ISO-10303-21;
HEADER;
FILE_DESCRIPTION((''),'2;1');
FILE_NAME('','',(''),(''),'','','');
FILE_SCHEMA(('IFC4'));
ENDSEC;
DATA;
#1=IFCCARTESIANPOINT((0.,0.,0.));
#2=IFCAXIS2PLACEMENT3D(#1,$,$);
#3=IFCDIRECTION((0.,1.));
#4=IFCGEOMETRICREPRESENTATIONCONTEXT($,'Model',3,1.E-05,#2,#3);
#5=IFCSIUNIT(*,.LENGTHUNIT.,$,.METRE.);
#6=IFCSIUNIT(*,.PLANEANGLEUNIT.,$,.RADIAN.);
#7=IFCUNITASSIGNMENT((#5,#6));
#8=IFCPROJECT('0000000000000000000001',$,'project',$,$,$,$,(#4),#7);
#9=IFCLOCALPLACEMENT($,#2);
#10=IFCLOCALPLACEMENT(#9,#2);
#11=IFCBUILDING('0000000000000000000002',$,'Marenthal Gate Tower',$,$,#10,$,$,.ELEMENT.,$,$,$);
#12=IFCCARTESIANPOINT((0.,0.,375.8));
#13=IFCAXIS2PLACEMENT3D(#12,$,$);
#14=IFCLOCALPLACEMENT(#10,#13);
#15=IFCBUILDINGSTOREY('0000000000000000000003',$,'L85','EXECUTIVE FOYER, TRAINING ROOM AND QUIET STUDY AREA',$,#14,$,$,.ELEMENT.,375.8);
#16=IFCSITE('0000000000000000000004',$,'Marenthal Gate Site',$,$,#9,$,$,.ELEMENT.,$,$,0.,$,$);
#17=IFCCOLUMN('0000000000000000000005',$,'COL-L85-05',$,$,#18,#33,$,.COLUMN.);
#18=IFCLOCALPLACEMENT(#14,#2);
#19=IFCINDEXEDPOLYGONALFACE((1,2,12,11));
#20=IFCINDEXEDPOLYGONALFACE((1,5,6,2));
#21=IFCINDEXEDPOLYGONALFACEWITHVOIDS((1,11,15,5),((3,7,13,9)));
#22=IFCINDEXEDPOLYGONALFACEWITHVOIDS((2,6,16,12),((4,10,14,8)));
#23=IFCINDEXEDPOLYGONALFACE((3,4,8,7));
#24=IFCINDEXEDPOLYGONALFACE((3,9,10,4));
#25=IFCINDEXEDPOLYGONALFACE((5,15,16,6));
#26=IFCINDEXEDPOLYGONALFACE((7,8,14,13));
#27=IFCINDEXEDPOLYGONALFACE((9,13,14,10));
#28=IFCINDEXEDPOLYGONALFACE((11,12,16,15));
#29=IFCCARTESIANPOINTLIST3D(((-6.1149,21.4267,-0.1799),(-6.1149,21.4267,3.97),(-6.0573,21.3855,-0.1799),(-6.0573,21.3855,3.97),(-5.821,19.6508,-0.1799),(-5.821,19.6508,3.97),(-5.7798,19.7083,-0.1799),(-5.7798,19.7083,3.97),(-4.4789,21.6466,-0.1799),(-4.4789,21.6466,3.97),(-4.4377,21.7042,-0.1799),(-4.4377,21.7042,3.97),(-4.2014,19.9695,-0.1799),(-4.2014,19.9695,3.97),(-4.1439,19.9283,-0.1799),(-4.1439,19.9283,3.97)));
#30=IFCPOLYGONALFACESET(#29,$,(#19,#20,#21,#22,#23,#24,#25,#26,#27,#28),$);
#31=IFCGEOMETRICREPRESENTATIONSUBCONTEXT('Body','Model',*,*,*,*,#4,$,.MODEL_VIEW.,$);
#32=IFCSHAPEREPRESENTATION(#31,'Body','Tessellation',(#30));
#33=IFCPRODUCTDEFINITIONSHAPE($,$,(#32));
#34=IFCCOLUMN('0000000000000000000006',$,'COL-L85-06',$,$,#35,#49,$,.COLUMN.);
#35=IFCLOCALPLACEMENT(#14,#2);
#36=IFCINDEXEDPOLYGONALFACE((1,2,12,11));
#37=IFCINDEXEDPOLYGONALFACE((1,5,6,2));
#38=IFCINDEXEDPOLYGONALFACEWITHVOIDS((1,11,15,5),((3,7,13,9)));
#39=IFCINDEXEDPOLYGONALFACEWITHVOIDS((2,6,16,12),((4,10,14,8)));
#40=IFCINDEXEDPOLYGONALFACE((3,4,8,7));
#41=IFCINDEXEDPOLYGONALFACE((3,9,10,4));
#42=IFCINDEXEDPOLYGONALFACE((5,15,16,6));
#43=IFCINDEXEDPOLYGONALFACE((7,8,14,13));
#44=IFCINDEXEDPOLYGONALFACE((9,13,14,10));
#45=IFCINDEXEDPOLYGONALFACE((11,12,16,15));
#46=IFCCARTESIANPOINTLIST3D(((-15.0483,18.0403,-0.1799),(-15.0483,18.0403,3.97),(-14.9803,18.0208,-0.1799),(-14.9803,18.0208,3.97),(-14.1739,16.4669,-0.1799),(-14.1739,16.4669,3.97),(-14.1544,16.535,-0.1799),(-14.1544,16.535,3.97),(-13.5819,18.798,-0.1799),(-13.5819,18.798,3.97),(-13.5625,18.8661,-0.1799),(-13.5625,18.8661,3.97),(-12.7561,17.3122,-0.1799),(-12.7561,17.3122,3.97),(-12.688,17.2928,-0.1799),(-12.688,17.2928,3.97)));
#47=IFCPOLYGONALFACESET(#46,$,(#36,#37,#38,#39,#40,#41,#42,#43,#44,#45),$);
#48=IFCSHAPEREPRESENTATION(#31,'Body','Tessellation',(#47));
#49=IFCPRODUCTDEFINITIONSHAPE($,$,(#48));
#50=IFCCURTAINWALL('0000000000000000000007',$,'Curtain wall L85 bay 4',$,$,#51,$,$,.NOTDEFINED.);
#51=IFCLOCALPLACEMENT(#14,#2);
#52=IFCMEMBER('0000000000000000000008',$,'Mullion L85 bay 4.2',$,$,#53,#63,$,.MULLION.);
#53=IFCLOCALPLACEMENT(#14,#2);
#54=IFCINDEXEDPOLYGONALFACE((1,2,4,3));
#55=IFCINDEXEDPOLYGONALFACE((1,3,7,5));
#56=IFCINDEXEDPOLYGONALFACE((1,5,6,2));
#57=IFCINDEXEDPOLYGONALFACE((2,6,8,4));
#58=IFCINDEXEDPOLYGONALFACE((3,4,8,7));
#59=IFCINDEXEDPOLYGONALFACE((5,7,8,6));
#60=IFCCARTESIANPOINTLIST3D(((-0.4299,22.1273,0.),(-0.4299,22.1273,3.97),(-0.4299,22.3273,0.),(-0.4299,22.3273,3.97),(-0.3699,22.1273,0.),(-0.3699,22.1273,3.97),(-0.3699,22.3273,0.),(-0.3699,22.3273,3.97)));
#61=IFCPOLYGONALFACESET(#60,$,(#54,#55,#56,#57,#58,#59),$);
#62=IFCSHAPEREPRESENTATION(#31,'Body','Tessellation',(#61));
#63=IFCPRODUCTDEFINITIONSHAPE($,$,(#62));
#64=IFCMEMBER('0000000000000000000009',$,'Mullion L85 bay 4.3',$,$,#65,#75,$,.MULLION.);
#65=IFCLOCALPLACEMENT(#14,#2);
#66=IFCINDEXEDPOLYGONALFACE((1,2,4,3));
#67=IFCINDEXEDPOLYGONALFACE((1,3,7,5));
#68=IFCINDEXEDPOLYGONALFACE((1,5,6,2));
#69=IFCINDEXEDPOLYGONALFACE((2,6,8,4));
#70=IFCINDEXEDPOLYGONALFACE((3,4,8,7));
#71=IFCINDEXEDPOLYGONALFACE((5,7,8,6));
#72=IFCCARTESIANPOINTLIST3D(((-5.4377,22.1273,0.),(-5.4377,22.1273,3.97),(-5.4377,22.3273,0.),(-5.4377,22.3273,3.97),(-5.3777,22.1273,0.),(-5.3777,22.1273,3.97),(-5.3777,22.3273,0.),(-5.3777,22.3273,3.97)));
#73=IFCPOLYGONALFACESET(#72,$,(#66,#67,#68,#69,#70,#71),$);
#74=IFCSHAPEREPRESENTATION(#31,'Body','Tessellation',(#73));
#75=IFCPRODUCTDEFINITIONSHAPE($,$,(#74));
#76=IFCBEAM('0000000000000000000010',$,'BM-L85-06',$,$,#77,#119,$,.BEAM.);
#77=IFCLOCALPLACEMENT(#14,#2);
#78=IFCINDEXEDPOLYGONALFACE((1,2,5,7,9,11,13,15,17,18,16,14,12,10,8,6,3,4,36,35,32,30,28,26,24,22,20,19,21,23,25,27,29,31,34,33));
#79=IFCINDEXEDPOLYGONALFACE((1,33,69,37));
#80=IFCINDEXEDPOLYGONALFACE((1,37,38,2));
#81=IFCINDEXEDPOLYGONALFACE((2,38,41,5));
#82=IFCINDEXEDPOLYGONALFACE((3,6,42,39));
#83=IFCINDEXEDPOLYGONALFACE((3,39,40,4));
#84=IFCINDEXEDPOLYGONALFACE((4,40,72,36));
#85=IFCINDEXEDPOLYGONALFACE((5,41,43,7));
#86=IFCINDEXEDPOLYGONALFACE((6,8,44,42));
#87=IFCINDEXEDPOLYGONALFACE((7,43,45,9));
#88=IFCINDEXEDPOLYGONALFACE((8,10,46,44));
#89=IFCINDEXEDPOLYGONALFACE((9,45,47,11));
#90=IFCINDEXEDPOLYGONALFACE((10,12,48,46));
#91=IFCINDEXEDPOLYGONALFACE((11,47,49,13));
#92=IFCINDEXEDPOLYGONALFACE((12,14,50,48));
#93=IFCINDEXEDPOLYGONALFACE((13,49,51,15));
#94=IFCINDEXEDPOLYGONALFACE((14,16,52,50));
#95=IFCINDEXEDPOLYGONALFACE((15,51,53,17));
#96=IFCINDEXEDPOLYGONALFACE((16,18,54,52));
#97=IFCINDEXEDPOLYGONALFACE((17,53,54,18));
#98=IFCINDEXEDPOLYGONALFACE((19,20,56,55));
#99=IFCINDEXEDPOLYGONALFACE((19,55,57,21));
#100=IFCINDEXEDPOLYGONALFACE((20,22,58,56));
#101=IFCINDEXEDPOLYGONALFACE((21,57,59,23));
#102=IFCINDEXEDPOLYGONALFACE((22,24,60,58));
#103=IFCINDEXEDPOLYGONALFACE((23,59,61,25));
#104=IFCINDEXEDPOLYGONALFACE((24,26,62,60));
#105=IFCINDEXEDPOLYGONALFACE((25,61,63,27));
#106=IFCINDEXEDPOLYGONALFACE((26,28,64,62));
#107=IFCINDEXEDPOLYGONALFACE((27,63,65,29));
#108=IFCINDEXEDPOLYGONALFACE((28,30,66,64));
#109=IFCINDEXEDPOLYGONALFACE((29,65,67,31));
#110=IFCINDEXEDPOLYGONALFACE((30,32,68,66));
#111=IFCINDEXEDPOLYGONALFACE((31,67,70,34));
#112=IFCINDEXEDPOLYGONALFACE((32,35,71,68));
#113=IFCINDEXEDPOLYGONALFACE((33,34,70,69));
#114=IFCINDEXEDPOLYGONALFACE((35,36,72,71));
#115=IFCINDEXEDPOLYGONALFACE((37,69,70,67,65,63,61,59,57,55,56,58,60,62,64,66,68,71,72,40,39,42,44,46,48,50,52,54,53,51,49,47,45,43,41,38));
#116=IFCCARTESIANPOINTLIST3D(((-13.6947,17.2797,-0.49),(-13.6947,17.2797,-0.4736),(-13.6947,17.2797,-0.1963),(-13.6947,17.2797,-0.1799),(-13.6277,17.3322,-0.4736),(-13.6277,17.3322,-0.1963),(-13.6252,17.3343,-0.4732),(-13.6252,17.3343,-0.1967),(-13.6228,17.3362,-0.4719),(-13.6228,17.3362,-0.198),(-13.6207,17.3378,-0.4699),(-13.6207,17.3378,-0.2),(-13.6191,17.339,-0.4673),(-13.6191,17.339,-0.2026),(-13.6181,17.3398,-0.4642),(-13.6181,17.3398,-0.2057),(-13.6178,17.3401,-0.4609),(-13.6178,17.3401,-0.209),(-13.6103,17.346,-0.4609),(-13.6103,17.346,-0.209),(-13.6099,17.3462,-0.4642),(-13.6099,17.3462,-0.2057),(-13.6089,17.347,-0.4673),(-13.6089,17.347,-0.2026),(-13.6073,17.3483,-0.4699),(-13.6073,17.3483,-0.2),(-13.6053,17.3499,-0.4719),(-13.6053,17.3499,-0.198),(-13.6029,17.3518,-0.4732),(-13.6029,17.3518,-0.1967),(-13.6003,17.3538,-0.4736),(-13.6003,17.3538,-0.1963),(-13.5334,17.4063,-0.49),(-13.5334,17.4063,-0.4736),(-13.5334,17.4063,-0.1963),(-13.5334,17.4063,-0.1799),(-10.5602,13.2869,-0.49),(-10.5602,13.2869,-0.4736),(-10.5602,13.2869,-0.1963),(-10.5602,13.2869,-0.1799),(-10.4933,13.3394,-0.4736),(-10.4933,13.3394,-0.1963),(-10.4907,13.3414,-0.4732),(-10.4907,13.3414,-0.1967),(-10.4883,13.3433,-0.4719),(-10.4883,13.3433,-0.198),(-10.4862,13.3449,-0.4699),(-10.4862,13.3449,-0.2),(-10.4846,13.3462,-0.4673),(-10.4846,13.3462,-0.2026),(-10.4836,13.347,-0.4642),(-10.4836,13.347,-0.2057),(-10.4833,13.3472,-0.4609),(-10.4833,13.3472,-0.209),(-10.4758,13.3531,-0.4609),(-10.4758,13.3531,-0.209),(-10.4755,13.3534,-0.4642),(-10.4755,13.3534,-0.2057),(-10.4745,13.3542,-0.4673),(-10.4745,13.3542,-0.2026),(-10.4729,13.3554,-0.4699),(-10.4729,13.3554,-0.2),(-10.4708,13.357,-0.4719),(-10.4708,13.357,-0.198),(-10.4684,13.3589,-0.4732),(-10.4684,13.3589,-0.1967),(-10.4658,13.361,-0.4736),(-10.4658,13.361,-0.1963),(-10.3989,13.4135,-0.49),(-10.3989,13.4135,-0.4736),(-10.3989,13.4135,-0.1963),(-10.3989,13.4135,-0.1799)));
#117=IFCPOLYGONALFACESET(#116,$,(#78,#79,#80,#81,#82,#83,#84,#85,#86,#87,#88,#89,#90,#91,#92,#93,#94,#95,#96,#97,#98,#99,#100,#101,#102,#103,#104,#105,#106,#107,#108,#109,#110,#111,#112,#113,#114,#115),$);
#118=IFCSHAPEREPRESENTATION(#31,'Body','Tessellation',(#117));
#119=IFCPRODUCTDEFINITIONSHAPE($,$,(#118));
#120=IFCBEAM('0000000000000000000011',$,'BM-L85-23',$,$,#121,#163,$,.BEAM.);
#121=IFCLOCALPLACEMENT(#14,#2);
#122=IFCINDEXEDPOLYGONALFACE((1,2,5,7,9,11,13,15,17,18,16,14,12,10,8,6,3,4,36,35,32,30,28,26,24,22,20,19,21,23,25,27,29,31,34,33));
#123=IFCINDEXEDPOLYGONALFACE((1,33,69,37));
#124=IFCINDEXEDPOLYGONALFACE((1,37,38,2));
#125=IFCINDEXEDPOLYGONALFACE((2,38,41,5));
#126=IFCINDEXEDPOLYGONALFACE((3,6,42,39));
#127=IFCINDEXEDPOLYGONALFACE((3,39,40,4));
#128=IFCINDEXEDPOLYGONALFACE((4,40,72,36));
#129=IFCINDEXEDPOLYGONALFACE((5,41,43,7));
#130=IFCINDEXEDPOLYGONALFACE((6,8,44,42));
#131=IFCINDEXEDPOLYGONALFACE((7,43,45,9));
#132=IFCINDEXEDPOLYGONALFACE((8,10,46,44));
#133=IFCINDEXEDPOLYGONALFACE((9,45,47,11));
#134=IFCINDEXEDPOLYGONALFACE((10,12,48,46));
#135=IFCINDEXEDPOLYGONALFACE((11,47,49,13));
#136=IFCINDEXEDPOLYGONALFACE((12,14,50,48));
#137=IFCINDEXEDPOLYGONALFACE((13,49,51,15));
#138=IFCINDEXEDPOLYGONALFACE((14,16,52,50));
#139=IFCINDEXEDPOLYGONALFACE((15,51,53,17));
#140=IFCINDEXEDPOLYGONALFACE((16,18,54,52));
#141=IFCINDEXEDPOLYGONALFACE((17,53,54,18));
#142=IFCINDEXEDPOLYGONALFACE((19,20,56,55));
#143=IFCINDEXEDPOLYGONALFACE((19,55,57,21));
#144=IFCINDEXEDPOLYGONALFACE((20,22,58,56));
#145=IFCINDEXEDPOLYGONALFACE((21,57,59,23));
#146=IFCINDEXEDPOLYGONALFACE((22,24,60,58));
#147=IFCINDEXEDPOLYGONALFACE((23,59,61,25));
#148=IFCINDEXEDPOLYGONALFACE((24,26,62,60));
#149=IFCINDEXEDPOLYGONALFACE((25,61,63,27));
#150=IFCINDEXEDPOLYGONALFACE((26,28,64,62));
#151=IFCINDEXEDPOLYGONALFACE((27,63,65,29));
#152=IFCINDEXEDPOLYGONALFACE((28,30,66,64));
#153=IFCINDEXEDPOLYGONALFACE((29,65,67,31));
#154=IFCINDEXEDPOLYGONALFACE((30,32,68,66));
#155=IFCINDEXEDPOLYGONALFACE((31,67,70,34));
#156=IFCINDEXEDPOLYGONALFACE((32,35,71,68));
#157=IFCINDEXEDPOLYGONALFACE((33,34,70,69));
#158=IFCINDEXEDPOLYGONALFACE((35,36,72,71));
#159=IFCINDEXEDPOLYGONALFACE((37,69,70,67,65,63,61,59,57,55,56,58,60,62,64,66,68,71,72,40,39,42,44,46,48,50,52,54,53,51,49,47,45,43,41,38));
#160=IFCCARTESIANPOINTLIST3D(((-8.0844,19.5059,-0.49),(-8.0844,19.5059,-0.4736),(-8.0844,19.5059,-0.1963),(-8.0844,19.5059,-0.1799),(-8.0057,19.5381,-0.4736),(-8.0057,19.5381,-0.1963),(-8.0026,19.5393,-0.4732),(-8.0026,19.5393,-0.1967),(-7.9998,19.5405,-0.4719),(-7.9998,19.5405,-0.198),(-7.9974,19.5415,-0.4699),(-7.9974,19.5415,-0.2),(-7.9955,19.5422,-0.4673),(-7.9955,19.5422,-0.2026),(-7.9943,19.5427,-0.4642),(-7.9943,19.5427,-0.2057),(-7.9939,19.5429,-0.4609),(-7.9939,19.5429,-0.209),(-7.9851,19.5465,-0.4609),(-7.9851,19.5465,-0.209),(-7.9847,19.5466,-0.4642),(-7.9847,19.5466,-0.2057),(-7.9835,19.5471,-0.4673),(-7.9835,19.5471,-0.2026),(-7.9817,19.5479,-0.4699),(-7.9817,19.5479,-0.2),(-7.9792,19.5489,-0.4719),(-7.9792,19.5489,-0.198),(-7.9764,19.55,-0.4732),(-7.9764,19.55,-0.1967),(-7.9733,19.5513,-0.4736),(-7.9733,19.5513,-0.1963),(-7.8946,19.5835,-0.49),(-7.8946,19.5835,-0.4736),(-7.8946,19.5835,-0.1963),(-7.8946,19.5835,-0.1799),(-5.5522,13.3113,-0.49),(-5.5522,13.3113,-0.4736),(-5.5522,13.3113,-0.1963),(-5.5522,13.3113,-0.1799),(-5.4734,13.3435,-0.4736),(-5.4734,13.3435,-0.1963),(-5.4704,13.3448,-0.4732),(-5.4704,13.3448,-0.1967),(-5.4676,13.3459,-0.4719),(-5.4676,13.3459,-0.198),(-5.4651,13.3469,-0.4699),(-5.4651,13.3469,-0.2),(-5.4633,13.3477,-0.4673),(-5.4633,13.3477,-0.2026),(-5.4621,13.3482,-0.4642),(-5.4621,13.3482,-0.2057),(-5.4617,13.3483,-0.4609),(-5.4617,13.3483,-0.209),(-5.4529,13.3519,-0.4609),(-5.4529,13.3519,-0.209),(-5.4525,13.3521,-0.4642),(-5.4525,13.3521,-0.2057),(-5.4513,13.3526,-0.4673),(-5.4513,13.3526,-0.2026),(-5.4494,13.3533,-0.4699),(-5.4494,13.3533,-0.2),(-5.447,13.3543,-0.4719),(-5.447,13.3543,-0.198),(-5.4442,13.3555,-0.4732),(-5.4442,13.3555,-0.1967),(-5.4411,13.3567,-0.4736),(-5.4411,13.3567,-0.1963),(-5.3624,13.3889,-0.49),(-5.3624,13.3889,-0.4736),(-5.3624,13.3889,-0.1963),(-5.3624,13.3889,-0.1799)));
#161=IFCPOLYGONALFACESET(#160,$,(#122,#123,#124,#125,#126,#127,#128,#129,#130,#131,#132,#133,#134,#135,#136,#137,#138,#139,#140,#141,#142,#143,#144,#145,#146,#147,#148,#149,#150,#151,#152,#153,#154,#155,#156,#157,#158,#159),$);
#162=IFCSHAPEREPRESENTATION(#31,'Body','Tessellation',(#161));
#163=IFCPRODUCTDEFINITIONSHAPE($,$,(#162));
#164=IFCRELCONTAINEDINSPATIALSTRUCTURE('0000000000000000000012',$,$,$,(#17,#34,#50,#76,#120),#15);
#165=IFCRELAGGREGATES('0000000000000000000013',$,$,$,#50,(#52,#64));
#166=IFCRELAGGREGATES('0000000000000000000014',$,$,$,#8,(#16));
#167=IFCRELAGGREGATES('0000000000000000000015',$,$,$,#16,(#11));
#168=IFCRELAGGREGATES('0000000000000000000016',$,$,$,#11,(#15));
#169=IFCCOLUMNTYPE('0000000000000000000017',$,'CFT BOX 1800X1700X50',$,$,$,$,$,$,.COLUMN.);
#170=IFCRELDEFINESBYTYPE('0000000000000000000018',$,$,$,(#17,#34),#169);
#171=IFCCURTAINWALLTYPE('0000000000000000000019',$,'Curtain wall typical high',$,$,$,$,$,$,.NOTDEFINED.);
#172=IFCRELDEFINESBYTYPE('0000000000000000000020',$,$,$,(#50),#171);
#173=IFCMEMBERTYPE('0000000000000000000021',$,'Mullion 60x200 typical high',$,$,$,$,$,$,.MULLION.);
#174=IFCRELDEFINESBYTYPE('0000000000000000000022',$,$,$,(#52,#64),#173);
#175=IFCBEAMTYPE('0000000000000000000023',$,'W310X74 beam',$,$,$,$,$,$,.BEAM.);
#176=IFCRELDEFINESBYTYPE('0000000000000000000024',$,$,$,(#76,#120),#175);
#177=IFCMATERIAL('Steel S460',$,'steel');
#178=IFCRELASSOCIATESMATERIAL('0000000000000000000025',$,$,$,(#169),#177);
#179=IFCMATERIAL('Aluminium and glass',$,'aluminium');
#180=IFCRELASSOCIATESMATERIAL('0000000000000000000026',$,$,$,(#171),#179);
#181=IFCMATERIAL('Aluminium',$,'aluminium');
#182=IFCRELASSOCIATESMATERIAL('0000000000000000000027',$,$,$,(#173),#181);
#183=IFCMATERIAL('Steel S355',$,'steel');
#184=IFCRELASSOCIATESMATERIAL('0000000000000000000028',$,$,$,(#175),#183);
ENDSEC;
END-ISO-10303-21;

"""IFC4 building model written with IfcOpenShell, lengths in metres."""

from ifc_helpers import new_model, si_unit, direction, frame, origin, origin_2d, place, context, subcontext, project, spatial, rectangle, hollow_rectangle, i_section, extrude, material, material_profile, profile_set, type_object, element, aggregate, save


model = new_model("IFC4")

# Units and contexts
model_context = context("Model", 3, precision=1e-05, world=origin(), true_north=direction((0.0, 1.0)))
body_context = subcontext(model_context, "Body", "Model", "MODEL_VIEW")
ifc_project = project(units=[si_unit("LENGTHUNIT", "METRE"), si_unit("PLANEANGLEUNIT", "RADIAN")], contexts=[model_context])

# Site, building, storey
site_placement = place(None, origin())
site = spatial("IfcSite", under=ifc_project, at=site_placement, Name="Marenthal Gate Site", CompositionType="ELEMENT", RefElevation=0.0)
building_placement = place(site_placement, origin())
building = spatial("IfcBuilding", under=site, at=building_placement, Name="Marenthal Gate Tower", CompositionType="ELEMENT")
storey_placement = place(building_placement, frame((0.0, 0.0, 375.8)))
storey = spatial("IfcBuildingStorey", under=building, at=storey_placement, Name="L85", Description="EXECUTIVE FOYER, TRAINING ROOM AND QUIET STUDY AREA", CompositionType="ELEMENT", Elevation=375.8)

# Columns
ifc_material_1 = material(Name="Steel S460", Category="steel")
ifc_material_profile_1 = material_profile(ifc_material_1, hollow_rectangle(XDim=1.7, YDim=1.8, WallThickness=0.05, at=origin_2d()), Name="CFT BOX 1800X1700X50")
ifc_material_2 = material(Name="Concrete 70 MPa", Category="concrete")
ifc_material_profile_2 = material_profile(ifc_material_2, rectangle(XDim=1.6001, YDim=1.7, at=origin_2d()), Name="CFT BOX 1800X1700X50 INFILL")
ifc_profile_set_1 = profile_set([ifc_material_profile_1, ifc_material_profile_2], Name="Steel S460 shell, Concrete 70 MPa infill")
column_type = type_object("IfcColumnType", Name="CFT BOX 1800X1700X50", PredefinedType="COLUMN", material=ifc_profile_set_1)
for number, where, z_axis, x_axis, name in (
    (1, (-5.1294, 20.6775, -0.1799), (0.0, 0.0, 1.0), (0.986586, 0.16324, 0.0), "COL-L85-05"),
    (2, (-13.8682, 17.6665, -0.1799), (0.0, 0.0, 1.0), (0.874065, 0.485809, 0.0), "COL-L85-06"),
):
    element("IfcColumn", number, at=place(storey_placement, frame(where, z_axis=z_axis, x_axis=x_axis)), inside=storey, type_object=column_type, Name=name, PredefinedType="COLUMN", context=body_context, shape_type="SweptSolid", body=[
        extrude(hollow_rectangle(XDim=1.7, YDim=1.8, WallThickness=0.05, at=origin_2d()), origin(), (0.0, 0.0, 1.0), 4.1499),
    ])

# Curtain wall, members
ifc_material_3 = material(Name="Aluminium and glass", Category="aluminium")
curtain_wall_type = type_object("IfcCurtainWallType", Name="Curtain wall typical high", PredefinedType="NOTDEFINED", material=ifc_material_3)
curtain_wall_placement = place(storey_placement, origin())
curtain_wall = element("IfcCurtainWall", 3, at=curtain_wall_placement, inside=storey, type_object=curtain_wall_type, Name="Curtain wall L85 bay 4", PredefinedType="NOTDEFINED")
ifc_material_4 = material(Name="Aluminium", Category="aluminium")
ifc_material_profile_3 = material_profile(ifc_material_4, rectangle(XDim=0.2, YDim=0.0601, at=origin_2d()), Name="60x200 aluminium mullion")
ifc_profile_set_2 = profile_set([ifc_material_profile_3], Name="Aluminium")
member_type = type_object("IfcMemberType", Name="Mullion 60x200 typical high", PredefinedType="MULLION", material=ifc_profile_set_2)
member_1_placement = place(storey_placement, frame((-0.3999, 22.2273, 0.0), z_axis=(0.0, 0.0, 1.0), x_axis=(0.0, -1.0, 0.0)))
member_1 = element("IfcMember", 4, at=member_1_placement, type_object=member_type, Name="Mullion L85 bay 4.2", PredefinedType="MULLION", context=body_context, shape_type="SweptSolid", body=[
    extrude(rectangle(XDim=0.2, YDim=0.0601, at=origin_2d()), origin(), (0.0, 0.0, 1.0), 3.97),
])
member_2_placement = place(storey_placement, frame((-5.4077, 22.2273, 0.0), z_axis=(0.0, 0.0, 1.0), x_axis=(0.0, -1.0, 0.0)))
member_2 = element("IfcMember", 5, at=member_2_placement, type_object=member_type, Name="Mullion L85 bay 4.3", PredefinedType="MULLION", context=body_context, shape_type="SweptSolid", body=[
    extrude(rectangle(XDim=0.2, YDim=0.0601, at=origin_2d()), origin(), (0.0, 0.0, 1.0), 3.97),
])

# Beams
ifc_material_5 = material(Name="Steel S355", Category="steel")
ifc_material_profile_4 = material_profile(ifc_material_5, i_section(OverallWidth=0.2051, OverallDepth=0.3101, WebThickness=0.0095, FlangeThickness=0.0164, FilletRadius=0.0127, at=origin_2d()), Name="W310X74")
ifc_profile_set_3 = profile_set([ifc_material_profile_4], Name="Steel S355")
beam_type_1 = type_object("IfcBeamType", Name="W310X74 beam", PredefinedType="BEAM", material=ifc_profile_set_3)
beam_1_placement = place(storey_placement, frame((-13.614, 17.343, -0.335), z_axis=(0.617484, -0.786584, 0.0), x_axis=(0.786584, 0.617484, 0.0)))
element("IfcBeam", 6, at=beam_1_placement, inside=storey, type_object=beam_type_1, Name="BM-L85-06", PredefinedType="BEAM", context=body_context, shape_type="SweptSolid", body=[
    extrude(i_section(OverallWidth=0.2051, OverallDepth=0.3101, WebThickness=0.0095, FlangeThickness=0.0164, FilletRadius=0.0127, at=origin_2d()), origin(), (0.0, 0.0, 1.0), 5.0762),
])
beam_2_placement = place(storey_placement, frame((-7.9895, 19.5447, -0.335), z_axis=(0.378387, -0.925647, 0.0), x_axis=(0.925647, 0.378387, 0.0)))
element("IfcBeam", 7, at=beam_2_placement, inside=storey, type_object=beam_type_1, Name="BM-L85-23", PredefinedType="BEAM", context=body_context, shape_type="SweptSolid", body=[
    extrude(i_section(OverallWidth=0.2051, OverallDepth=0.3101, WebThickness=0.0095, FlangeThickness=0.0164, FilletRadius=0.0127, at=origin_2d()), origin(), (0.0, 0.0, 1.0), 6.6921),
])

aggregate(curtain_wall, [member_1, member_2])

save(model, "model.ifc")
